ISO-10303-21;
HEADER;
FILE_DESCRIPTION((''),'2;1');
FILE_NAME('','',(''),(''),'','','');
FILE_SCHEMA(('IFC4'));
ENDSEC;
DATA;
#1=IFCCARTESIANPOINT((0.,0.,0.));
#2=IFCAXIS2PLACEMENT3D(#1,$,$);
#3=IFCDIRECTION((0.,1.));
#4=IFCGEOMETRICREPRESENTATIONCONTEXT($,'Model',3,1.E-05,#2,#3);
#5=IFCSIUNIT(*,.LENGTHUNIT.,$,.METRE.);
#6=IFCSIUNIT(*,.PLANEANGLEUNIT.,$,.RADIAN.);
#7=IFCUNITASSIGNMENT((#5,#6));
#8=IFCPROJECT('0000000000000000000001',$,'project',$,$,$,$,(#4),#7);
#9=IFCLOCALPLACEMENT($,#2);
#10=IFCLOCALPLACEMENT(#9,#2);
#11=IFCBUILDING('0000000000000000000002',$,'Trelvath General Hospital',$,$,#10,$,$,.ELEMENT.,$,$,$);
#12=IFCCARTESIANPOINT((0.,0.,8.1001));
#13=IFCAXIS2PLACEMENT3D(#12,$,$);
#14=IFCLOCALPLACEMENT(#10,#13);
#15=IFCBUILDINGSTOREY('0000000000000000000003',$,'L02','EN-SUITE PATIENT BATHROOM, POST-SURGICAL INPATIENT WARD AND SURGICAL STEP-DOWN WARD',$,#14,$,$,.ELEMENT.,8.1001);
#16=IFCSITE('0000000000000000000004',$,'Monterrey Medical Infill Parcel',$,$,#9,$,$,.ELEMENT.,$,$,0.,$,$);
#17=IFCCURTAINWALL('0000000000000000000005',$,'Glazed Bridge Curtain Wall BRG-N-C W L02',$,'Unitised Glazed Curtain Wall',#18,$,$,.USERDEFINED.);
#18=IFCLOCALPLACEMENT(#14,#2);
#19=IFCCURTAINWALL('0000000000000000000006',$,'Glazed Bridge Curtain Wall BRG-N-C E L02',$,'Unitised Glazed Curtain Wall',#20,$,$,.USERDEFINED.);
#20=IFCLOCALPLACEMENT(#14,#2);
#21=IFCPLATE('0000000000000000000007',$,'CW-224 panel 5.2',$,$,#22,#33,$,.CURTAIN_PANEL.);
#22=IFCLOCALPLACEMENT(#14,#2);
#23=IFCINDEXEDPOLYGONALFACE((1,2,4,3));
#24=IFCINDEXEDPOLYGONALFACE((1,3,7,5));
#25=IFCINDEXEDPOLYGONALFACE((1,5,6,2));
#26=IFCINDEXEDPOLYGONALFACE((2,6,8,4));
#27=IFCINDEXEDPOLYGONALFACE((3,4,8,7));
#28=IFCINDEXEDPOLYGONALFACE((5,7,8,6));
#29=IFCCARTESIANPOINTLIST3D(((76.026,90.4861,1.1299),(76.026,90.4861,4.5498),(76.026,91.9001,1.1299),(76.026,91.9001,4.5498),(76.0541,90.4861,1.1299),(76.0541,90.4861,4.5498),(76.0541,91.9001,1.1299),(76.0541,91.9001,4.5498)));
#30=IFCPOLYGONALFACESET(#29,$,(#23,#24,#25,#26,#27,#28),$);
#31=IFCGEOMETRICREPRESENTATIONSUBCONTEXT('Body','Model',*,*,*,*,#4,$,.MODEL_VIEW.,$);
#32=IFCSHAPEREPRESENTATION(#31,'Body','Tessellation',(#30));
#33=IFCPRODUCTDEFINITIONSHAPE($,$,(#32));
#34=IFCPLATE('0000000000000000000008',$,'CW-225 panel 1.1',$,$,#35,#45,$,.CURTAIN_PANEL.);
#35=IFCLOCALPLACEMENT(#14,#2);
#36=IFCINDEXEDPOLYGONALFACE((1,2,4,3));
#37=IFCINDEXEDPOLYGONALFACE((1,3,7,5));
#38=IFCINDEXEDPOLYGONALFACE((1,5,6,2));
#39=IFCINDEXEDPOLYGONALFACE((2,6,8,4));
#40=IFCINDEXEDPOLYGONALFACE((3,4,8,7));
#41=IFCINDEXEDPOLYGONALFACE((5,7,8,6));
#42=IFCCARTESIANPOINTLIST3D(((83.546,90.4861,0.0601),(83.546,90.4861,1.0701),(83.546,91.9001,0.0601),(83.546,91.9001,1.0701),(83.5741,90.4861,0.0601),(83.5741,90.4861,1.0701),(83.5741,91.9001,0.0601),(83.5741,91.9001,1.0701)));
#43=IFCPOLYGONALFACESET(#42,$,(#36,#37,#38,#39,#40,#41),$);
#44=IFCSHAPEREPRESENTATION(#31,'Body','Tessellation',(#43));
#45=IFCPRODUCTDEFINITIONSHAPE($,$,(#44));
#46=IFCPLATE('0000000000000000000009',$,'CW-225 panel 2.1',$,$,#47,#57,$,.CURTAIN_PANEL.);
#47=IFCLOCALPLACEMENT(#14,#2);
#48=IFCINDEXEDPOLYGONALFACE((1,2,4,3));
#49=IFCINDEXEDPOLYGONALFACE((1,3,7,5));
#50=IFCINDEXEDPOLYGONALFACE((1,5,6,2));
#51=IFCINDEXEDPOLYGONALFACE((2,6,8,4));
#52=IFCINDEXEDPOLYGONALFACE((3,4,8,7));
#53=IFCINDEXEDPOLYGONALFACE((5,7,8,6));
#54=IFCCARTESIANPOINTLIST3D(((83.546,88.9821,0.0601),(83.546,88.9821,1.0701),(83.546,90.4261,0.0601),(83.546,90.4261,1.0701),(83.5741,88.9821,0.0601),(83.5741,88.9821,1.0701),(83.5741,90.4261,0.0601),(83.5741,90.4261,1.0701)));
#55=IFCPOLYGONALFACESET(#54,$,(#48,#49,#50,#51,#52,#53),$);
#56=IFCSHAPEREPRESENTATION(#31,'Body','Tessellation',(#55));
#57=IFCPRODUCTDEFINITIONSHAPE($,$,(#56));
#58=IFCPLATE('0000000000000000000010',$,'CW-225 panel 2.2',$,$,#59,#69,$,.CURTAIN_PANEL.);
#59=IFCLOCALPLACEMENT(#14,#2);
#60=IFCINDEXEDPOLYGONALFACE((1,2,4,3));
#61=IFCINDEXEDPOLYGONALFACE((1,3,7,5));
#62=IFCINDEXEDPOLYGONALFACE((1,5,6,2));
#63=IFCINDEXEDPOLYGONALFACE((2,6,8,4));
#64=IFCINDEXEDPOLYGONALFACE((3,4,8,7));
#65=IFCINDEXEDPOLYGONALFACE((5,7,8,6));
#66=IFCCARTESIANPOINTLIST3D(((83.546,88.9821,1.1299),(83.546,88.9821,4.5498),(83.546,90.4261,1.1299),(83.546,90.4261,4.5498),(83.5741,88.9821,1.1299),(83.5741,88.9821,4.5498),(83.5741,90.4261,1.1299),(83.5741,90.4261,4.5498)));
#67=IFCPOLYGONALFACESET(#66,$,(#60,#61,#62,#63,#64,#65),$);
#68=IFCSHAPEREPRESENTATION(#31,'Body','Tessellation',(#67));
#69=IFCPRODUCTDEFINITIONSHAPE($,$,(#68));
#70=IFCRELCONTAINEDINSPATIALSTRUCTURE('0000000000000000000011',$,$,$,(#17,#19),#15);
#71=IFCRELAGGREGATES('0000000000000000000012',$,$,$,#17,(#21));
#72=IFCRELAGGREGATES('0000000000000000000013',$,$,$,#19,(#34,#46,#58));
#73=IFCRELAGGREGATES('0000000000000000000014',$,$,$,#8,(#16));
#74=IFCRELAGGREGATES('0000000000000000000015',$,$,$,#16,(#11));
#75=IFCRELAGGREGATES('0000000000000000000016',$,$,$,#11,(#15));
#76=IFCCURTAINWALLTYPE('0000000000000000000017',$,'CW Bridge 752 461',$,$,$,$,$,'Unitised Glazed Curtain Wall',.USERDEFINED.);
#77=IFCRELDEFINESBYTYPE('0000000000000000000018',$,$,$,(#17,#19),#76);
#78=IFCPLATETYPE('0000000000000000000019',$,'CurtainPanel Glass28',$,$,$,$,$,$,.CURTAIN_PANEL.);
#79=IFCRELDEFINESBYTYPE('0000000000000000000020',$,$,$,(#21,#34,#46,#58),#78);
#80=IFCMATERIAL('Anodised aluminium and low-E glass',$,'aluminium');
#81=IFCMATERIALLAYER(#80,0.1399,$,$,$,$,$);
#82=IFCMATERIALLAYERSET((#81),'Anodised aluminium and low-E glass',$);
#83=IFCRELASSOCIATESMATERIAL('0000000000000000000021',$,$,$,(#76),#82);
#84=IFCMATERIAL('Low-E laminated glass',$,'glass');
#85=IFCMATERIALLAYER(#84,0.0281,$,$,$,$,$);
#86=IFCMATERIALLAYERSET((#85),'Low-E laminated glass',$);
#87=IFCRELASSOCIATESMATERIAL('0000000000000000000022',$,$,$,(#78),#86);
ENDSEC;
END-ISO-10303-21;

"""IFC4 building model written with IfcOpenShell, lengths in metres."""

from ifc_helpers import new_model, si_unit, direction, frame, origin, origin_2d, place, context, subcontext, project, spatial, rectangle, extrude, material, layer, layer_set, type_object, element, aggregate, save


model = new_model("IFC4")

# Units and contexts
model_context = context("Model", 3, precision=1e-05, world=origin(), true_north=direction((0.0, 1.0)))
body_context = subcontext(model_context, "Body", "Model", "MODEL_VIEW")
ifc_project = project(units=[si_unit("LENGTHUNIT", "METRE"), si_unit("PLANEANGLEUNIT", "RADIAN")], contexts=[model_context])

# Site, building, storey
site_placement = place(None, origin())
site = spatial("IfcSite", under=ifc_project, at=site_placement, Name="Monterrey Medical Infill Parcel", CompositionType="ELEMENT", RefElevation=0.0)
building_placement = place(site_placement, origin())
building = spatial("IfcBuilding", under=site, at=building_placement, Name="Trelvath General Hospital", CompositionType="ELEMENT")
storey_placement = place(building_placement, frame((0.0, 0.0, 8.1001)))
storey = spatial("IfcBuildingStorey", under=building, at=storey_placement, Name="L02", Description="EN-SUITE PATIENT BATHROOM, POST-SURGICAL INPATIENT WARD AND SURGICAL STEP-DOWN WARD", CompositionType="ELEMENT", Elevation=8.1001)

# Curtain walls
ifc_material_1 = material(Name="Anodised aluminium and low-E glass", Category="aluminium")
ifc_layer_1 = layer(ifc_material_1, 0.1399)
ifc_layer_set_1 = layer_set([ifc_layer_1], Name="Anodised aluminium and low-E glass")
curtain_wall_type = type_object("IfcCurtainWallType", Name="CW Bridge 752 461", ElementType="Unitised Glazed Curtain Wall", PredefinedType="USERDEFINED", material=ifc_layer_set_1)
curtain_wall_1_placement = place(storey_placement, origin())
curtain_wall_1 = element("IfcCurtainWall", 1, at=curtain_wall_1_placement, inside=storey, type_object=curtain_wall_type, Name="Glazed Bridge Curtain Wall BRG-N-C W L02", ObjectType="Unitised Glazed Curtain Wall", PredefinedType="USERDEFINED")
curtain_wall_2_placement = place(storey_placement, origin())
curtain_wall_2 = element("IfcCurtainWall", 2, at=curtain_wall_2_placement, inside=storey, type_object=curtain_wall_type, Name="Glazed Bridge Curtain Wall BRG-N-C E L02", ObjectType="Unitised Glazed Curtain Wall", PredefinedType="USERDEFINED")

# Plates
ifc_material_2 = material(Name="Low-E laminated glass", Category="glass")
ifc_layer_2 = layer(ifc_material_2, 0.0281)
ifc_layer_set_2 = layer_set([ifc_layer_2], Name="Low-E laminated glass")
plate_type = type_object("IfcPlateType", Name="CurtainPanel Glass28", PredefinedType="CURTAIN_PANEL", material=ifc_layer_set_2)
plate_1_placement = place(storey_placement, frame((76.04, 91.1931, 1.1299), z_axis=(0.0, 0.0, 1.0), x_axis=(0.0, 1.0, 0.0)))
plate_1 = element("IfcPlate", 3, at=plate_1_placement, type_object=plate_type, Name="CW-224 panel 5.2", PredefinedType="CURTAIN_PANEL", context=body_context, shape_type="SweptSolid", body=[
    extrude(rectangle(XDim=1.4141, YDim=0.0281, at=origin_2d()), origin(), (0.0, 0.0, 1.0), 3.4199),
])
aggregate(curtain_wall_1, [plate_1])
plate_2_placement = place(storey_placement, frame((83.5601, 91.1931, 0.0601), z_axis=(0.0, 0.0, 1.0), x_axis=(0.0, -1.0, 0.0)))
plate_2 = element("IfcPlate", 4, at=plate_2_placement, type_object=plate_type, Name="CW-225 panel 1.1", PredefinedType="CURTAIN_PANEL", context=body_context, shape_type="SweptSolid", body=[
    extrude(rectangle(XDim=1.4141, YDim=0.0281, at=origin_2d()), origin(), (0.0, 0.0, 1.0), 1.01),
])
plate_3_placement = place(storey_placement, frame((83.5601, 89.7041, 0.0601), z_axis=(0.0, 0.0, 1.0), x_axis=(0.0, -1.0, 0.0)))
plate_3 = element("IfcPlate", 5, at=plate_3_placement, type_object=plate_type, Name="CW-225 panel 2.1", PredefinedType="CURTAIN_PANEL", context=body_context, shape_type="SweptSolid", body=[
    extrude(rectangle(XDim=1.4441, YDim=0.0281, at=origin_2d()), origin(), (0.0, 0.0, 1.0), 1.01),
])
plate_4_placement = place(storey_placement, frame((83.5601, 89.7041, 1.1299), z_axis=(0.0, 0.0, 1.0), x_axis=(0.0, -1.0, 0.0)))
plate_4 = element("IfcPlate", 6, at=plate_4_placement, type_object=plate_type, Name="CW-225 panel 2.2", PredefinedType="CURTAIN_PANEL", context=body_context, shape_type="SweptSolid", body=[
    extrude(rectangle(XDim=1.4441, YDim=0.0281, at=origin_2d()), origin(), (0.0, 0.0, 1.0), 3.4199),
])
aggregate(curtain_wall_2, [plate_2, plate_3, plate_4])

save(model, "model.ifc")
